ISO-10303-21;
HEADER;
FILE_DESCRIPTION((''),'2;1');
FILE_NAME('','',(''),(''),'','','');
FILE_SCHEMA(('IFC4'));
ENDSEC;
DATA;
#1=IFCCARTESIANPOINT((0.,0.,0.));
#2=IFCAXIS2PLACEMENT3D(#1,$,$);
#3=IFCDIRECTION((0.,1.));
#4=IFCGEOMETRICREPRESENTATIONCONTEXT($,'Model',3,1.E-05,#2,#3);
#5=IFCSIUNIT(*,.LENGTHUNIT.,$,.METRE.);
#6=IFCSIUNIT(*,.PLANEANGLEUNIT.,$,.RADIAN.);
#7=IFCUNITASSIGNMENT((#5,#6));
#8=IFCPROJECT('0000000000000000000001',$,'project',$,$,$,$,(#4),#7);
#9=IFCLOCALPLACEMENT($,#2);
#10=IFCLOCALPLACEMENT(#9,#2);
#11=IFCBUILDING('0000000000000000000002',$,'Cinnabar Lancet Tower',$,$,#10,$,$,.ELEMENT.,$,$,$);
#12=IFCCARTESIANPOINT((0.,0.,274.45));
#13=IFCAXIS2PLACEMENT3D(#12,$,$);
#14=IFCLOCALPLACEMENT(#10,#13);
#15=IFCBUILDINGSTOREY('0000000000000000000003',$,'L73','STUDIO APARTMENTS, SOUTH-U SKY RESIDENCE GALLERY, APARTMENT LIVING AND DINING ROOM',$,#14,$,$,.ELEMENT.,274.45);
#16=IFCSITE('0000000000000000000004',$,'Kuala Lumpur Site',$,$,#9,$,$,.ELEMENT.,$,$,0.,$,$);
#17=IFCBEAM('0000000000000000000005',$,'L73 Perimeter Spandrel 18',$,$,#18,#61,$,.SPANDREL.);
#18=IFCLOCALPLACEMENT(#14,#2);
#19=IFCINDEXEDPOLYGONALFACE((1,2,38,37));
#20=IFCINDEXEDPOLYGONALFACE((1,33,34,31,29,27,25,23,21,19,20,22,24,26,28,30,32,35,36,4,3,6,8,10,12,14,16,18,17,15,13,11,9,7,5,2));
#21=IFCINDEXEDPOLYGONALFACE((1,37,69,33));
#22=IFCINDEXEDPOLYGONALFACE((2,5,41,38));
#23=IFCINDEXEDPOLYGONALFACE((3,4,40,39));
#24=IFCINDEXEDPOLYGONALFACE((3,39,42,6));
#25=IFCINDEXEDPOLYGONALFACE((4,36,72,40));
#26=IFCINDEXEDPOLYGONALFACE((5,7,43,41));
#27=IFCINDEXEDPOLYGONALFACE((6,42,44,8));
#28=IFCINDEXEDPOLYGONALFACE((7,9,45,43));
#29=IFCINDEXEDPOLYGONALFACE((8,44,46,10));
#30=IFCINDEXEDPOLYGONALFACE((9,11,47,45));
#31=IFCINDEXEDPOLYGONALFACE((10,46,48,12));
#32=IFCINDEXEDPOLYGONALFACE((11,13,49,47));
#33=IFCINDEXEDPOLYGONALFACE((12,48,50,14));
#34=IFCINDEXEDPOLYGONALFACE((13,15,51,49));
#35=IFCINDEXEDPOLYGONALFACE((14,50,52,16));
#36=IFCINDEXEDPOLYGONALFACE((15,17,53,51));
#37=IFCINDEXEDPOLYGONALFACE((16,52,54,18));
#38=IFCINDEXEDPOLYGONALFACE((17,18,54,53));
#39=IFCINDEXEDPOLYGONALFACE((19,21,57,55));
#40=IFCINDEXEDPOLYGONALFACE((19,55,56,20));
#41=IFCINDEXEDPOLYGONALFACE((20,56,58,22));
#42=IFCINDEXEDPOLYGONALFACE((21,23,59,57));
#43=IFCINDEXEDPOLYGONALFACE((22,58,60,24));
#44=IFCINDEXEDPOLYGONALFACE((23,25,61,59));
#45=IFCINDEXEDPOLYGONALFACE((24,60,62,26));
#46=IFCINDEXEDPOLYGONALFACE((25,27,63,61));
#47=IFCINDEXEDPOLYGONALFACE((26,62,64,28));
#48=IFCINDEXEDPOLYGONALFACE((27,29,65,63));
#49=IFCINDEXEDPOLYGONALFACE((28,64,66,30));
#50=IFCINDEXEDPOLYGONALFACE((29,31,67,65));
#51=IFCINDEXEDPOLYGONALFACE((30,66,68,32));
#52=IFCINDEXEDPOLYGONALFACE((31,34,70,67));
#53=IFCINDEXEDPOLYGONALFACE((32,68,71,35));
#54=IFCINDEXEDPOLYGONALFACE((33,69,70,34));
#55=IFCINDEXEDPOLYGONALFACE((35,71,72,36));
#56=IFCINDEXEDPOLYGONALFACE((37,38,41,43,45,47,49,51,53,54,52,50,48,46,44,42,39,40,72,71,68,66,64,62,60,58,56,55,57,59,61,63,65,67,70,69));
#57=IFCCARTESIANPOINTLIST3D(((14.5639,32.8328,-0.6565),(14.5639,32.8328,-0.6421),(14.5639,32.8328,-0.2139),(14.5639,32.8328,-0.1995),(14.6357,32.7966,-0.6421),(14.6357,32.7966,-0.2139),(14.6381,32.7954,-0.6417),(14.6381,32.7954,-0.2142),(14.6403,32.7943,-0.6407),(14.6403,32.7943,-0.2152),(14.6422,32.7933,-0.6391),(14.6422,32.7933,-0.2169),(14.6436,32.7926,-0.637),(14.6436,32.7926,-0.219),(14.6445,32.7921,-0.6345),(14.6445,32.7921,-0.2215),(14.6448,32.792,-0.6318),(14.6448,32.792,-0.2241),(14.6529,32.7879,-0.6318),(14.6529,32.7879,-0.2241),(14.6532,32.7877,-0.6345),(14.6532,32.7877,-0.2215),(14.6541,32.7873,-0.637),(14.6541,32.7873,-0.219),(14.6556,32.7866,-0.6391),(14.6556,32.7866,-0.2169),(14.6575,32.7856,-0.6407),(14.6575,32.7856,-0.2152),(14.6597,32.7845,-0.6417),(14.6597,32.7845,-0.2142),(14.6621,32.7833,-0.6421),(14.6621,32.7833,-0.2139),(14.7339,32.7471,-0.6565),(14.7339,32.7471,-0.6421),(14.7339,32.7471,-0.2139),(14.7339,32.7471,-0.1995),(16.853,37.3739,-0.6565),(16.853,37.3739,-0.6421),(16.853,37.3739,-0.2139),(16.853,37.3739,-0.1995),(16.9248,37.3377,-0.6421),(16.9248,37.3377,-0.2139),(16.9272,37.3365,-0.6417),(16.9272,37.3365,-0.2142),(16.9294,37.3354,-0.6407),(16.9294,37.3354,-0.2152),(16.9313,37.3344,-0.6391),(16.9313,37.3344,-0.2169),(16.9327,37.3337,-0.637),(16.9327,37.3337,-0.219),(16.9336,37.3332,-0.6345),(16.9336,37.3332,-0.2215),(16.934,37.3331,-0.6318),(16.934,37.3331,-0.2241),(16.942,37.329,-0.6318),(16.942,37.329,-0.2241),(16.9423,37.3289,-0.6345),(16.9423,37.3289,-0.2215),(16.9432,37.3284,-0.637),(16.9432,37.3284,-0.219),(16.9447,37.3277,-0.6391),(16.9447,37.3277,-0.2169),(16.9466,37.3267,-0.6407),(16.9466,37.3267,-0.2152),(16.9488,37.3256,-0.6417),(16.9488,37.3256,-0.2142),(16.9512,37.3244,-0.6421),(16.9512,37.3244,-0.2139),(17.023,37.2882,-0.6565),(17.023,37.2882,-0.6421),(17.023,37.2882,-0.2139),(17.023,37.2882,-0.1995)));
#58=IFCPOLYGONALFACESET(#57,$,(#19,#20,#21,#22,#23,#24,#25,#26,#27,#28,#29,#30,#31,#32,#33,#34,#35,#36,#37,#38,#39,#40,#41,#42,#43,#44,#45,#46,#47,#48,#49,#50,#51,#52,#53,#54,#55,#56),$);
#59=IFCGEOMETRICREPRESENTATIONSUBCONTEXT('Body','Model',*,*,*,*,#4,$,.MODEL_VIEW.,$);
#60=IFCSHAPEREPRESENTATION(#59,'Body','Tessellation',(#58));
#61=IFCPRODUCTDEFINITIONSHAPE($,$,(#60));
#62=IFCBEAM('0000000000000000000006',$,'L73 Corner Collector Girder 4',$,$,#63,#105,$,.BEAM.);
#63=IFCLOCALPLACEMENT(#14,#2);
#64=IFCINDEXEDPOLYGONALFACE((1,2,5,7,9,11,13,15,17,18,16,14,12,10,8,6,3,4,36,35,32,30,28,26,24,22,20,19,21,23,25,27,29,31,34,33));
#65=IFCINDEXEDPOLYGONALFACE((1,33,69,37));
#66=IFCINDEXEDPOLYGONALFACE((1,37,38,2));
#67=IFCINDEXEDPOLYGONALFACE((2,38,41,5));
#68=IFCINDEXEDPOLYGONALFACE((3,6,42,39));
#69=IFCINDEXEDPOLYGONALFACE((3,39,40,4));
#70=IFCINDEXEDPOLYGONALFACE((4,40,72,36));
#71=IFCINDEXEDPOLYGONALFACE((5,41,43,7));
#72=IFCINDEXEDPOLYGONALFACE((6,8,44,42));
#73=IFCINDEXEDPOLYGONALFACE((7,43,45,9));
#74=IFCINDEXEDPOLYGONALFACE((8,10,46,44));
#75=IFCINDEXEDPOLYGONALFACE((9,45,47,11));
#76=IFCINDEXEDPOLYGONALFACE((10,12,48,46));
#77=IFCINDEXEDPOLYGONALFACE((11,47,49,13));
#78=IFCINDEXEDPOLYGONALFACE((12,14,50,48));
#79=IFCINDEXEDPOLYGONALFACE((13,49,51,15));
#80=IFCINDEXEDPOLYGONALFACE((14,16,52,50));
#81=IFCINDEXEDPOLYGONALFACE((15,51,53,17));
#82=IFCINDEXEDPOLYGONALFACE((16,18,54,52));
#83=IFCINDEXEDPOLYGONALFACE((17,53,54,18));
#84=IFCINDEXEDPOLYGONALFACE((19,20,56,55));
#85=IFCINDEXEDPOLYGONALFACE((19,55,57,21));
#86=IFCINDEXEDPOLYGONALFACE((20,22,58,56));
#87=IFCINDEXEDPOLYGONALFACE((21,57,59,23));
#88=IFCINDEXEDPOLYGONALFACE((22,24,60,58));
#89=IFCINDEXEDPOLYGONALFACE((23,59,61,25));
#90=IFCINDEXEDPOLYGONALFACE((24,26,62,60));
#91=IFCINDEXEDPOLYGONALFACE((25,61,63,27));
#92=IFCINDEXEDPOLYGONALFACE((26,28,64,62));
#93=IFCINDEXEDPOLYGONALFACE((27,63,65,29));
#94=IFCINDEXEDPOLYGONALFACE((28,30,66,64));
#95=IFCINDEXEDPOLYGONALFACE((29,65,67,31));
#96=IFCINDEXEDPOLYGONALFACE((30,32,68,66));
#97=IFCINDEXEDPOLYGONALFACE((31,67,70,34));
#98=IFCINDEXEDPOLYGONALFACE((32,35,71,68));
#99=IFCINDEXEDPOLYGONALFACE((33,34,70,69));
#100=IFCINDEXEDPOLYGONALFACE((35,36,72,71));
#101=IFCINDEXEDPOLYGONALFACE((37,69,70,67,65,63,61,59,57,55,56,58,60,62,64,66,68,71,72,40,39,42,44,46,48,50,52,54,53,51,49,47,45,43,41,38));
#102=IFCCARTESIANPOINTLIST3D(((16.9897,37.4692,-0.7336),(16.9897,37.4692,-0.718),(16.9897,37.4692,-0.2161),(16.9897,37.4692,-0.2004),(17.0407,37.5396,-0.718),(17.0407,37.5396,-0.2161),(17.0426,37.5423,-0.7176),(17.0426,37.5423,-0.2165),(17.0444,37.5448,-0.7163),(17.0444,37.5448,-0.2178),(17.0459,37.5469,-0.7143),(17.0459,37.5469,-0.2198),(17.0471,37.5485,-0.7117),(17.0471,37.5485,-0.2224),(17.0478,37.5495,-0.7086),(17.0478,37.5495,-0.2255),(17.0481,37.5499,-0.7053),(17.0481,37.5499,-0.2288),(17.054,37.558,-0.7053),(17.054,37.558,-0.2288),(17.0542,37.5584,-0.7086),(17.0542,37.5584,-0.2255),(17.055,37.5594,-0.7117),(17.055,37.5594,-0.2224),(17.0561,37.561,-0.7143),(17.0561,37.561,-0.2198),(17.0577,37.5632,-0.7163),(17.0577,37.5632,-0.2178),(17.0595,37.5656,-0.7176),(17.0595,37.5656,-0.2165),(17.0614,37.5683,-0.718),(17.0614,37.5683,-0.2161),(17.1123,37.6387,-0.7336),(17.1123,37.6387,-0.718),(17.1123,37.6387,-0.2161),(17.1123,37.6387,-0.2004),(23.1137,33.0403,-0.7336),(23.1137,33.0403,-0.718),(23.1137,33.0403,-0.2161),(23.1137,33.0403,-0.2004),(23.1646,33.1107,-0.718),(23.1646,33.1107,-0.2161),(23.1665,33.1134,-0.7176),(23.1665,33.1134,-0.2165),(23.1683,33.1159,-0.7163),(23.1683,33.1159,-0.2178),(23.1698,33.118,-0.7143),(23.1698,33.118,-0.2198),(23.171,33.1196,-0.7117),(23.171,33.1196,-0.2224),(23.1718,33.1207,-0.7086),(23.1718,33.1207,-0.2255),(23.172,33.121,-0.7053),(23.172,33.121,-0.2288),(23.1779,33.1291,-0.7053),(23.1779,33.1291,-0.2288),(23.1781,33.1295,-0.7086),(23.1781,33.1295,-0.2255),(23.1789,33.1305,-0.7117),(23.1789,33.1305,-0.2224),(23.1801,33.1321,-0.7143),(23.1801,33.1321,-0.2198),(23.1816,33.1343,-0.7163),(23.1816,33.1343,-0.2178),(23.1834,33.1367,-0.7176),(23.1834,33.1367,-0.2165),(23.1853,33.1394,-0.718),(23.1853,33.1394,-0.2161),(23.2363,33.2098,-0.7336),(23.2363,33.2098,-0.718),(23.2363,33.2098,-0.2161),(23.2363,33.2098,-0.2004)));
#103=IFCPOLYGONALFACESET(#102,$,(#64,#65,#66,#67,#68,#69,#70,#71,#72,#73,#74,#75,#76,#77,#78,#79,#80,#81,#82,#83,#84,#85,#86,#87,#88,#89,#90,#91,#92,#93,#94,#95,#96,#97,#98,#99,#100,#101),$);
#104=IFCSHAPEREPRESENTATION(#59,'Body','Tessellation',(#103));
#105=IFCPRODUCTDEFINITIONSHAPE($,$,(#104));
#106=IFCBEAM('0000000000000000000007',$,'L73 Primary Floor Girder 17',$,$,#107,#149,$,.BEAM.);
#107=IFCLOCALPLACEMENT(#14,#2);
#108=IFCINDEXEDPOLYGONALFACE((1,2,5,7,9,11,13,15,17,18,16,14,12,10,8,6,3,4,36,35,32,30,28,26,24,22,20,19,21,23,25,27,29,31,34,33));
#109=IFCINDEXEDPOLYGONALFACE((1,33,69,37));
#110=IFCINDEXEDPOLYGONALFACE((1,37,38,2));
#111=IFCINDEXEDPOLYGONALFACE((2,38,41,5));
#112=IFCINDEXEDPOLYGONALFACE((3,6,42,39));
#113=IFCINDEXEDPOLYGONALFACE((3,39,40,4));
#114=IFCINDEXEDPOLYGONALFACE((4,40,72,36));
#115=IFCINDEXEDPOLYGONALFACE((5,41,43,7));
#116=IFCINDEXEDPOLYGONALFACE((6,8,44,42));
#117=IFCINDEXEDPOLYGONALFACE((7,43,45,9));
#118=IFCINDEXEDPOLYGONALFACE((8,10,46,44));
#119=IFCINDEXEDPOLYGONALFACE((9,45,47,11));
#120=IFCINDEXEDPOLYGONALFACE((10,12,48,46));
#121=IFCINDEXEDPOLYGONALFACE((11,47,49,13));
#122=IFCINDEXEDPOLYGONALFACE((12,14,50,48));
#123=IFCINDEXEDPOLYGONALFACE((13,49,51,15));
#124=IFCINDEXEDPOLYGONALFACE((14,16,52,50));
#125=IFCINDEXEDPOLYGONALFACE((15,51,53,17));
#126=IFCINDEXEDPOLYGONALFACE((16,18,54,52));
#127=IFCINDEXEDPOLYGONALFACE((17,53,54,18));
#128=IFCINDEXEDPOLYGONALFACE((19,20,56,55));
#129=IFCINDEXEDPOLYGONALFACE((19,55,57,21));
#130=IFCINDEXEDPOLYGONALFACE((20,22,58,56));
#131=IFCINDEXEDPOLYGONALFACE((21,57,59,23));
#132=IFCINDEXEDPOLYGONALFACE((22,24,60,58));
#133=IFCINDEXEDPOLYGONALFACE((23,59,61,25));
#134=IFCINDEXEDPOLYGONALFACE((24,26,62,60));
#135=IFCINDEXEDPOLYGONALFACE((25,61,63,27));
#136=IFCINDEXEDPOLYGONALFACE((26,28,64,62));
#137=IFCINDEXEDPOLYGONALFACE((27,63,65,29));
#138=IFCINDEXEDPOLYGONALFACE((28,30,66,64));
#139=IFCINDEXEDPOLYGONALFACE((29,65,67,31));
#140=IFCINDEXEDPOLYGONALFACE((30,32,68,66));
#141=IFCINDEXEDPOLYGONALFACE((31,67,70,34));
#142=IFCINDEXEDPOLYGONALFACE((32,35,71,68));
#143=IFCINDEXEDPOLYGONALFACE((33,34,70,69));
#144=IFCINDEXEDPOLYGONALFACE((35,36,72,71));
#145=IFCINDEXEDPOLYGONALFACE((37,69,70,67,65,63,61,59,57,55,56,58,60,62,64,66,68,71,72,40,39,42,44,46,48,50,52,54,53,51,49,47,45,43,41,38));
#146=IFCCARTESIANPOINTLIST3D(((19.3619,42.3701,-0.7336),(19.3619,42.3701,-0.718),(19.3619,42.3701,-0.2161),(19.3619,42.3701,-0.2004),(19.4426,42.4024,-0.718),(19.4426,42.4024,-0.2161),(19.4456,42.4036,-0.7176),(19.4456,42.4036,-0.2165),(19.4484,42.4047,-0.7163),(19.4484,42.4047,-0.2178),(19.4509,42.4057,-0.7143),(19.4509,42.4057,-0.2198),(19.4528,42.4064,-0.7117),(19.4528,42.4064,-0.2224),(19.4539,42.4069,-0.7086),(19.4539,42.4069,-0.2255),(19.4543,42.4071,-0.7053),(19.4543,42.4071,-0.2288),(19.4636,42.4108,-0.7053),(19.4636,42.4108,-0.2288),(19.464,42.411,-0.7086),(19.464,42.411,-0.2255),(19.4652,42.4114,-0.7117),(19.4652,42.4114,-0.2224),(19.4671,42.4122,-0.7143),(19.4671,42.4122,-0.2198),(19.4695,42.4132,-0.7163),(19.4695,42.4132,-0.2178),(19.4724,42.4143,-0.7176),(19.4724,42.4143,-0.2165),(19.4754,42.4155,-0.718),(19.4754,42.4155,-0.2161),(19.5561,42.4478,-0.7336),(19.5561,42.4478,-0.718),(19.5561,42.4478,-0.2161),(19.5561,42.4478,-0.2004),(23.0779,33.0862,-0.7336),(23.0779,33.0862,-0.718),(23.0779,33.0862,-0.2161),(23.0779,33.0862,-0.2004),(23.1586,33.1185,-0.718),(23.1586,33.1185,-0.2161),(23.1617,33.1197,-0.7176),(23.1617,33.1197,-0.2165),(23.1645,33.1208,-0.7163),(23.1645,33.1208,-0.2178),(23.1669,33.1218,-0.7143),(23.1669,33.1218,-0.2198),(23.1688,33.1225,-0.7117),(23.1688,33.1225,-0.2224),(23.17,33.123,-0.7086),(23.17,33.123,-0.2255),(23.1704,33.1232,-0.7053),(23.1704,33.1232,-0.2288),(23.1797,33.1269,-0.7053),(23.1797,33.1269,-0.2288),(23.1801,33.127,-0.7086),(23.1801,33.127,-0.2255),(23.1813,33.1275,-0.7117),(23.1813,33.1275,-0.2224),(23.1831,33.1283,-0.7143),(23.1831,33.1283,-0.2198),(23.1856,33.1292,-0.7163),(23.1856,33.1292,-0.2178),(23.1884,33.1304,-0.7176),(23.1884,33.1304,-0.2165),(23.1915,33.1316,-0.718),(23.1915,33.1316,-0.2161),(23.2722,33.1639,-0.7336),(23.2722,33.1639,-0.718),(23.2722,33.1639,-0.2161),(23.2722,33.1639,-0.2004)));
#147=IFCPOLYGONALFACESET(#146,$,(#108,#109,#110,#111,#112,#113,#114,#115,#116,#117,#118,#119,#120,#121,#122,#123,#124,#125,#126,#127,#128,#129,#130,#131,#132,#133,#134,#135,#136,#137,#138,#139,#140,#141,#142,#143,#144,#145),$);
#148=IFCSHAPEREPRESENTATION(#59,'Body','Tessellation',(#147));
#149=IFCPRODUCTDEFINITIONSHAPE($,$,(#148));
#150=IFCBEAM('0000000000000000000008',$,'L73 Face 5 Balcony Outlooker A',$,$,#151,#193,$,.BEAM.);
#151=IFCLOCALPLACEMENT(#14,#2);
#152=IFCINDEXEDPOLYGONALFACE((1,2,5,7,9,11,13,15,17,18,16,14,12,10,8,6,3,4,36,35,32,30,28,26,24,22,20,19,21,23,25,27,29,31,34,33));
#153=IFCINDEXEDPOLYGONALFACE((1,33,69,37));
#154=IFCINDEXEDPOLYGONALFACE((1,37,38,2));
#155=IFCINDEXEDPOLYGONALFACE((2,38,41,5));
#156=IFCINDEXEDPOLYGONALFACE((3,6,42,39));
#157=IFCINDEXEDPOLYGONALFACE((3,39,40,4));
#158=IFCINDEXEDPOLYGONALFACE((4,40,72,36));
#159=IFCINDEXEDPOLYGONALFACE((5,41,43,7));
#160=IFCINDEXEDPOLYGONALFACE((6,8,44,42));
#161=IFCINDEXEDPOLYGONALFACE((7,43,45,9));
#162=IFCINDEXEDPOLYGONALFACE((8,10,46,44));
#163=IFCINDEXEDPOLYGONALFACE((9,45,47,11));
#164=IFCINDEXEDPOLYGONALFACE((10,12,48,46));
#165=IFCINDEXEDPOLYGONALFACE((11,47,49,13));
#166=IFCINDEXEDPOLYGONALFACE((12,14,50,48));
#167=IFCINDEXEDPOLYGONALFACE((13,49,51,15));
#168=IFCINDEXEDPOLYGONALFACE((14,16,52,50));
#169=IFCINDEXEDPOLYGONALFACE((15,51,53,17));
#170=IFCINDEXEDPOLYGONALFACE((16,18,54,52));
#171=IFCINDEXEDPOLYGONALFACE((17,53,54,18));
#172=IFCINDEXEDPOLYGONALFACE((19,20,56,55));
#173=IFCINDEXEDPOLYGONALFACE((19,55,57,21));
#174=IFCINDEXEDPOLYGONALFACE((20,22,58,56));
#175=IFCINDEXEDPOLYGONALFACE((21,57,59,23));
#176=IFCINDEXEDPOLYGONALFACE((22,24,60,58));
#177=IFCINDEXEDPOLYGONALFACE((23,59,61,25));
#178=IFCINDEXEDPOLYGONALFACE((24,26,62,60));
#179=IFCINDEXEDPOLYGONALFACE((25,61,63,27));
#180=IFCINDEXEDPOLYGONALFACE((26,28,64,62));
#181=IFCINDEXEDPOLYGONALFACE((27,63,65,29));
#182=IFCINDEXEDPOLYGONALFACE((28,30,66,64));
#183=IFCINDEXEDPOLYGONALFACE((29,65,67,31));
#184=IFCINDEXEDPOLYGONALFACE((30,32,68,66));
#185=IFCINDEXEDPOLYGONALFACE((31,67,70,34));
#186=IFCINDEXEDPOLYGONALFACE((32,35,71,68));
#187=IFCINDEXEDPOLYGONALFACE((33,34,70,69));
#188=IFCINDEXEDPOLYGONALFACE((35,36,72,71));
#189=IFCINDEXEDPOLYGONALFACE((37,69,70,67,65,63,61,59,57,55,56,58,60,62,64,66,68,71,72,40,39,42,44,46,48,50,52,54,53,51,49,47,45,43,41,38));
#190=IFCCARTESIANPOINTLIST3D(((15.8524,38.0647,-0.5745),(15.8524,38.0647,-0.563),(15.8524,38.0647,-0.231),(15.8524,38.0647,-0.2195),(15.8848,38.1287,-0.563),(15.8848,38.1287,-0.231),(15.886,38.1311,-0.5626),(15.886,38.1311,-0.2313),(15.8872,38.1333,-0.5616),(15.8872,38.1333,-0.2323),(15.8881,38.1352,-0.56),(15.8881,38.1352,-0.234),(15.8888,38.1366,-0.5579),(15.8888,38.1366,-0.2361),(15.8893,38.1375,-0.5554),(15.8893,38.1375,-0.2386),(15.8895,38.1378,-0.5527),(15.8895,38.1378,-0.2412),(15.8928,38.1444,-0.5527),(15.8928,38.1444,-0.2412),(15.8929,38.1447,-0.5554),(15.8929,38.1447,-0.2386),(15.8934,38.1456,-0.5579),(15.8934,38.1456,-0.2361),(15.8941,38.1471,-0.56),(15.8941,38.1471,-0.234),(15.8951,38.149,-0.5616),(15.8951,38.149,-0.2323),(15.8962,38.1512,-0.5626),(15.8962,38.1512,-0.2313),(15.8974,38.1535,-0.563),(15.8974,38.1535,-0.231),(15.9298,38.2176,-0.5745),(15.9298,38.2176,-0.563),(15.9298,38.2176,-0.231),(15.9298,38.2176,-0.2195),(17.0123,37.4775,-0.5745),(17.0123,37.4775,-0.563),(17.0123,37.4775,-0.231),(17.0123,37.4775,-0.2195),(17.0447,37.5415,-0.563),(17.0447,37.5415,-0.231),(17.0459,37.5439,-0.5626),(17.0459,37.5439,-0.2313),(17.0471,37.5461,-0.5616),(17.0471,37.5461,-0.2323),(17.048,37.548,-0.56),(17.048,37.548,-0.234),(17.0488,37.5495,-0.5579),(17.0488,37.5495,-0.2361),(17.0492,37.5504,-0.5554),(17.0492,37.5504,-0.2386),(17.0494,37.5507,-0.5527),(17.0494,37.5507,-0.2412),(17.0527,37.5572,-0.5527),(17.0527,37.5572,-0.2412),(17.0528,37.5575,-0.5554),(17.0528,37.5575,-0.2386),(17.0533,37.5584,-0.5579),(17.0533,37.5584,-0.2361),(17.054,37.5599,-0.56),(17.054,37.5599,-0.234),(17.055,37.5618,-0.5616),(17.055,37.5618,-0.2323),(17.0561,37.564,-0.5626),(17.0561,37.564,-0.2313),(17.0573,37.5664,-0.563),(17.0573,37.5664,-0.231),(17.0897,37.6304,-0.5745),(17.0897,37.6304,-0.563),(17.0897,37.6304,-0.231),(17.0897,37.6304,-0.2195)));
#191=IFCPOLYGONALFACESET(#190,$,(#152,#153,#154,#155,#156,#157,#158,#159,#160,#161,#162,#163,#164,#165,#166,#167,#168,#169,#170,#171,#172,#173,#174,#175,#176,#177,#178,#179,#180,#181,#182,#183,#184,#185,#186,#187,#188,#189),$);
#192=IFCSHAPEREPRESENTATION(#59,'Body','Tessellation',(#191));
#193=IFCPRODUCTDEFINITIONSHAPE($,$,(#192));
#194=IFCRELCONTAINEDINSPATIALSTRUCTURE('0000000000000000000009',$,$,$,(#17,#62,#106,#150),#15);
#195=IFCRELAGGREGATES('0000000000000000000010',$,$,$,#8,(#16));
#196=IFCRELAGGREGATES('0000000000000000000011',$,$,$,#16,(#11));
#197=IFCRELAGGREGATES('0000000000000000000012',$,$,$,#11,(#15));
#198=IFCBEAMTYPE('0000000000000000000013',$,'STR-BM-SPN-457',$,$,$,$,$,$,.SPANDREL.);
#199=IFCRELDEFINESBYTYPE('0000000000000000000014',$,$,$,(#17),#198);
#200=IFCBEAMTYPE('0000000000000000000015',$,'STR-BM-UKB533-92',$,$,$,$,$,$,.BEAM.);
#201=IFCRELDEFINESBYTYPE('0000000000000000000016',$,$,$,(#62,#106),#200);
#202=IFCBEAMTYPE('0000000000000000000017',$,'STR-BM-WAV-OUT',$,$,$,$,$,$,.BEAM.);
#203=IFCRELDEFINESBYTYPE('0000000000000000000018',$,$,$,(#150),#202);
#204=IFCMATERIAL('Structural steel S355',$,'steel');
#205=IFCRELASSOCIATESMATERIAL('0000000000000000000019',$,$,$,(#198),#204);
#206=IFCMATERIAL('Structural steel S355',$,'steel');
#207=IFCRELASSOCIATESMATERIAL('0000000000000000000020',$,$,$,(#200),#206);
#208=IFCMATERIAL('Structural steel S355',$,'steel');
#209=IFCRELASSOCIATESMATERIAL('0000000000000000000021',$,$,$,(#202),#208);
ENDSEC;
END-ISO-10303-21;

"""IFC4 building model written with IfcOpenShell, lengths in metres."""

from ifc_helpers import new_model, si_unit, direction, frame, origin, origin_2d, place, context, subcontext, project, spatial, i_section, extrude, material, material_profile, profile_set, type_object, element, save


model = new_model("IFC4")

# Units and contexts
model_context = context("Model", 3, precision=1e-05, world=origin(), true_north=direction((0.0, 1.0)))
body_context = subcontext(model_context, "Body", "Model", "MODEL_VIEW")
ifc_project = project(units=[si_unit("LENGTHUNIT", "METRE"), si_unit("PLANEANGLEUNIT", "RADIAN")], contexts=[model_context])

# Site, building, storey
site_placement = place(None, origin())
site = spatial("IfcSite", under=ifc_project, at=site_placement, Name="Kuala Lumpur Site", CompositionType="ELEMENT", RefElevation=0.0)
building_placement = place(site_placement, origin())
building = spatial("IfcBuilding", under=site, at=building_placement, Name="Cinnabar Lancet Tower", CompositionType="ELEMENT")
storey_placement = place(building_placement, frame((0.0, 0.0, 274.45)))
storey = spatial("IfcBuildingStorey", under=building, at=storey_placement, Name="L73", Description="STUDIO APARTMENTS, SOUTH-U SKY RESIDENCE GALLERY, APARTMENT LIVING AND DINING ROOM", CompositionType="ELEMENT", Elevation=274.45)

# Beams
ifc_material_1 = material(Name="Structural steel S355", Category="steel")
ifc_material_profile_1 = material_profile(ifc_material_1, i_section(OverallWidth=0.1904, OverallDepth=0.457, WebThickness=0.009, FlangeThickness=0.0144, FilletRadius=0.0103, at=origin_2d()), Name="UKB 457x191x74")
ifc_profile_set_1 = profile_set([ifc_material_profile_1], Name="Structural steel S355")
beam_type_1 = type_object("IfcBeamType", Name="STR-BM-SPN-457", PredefinedType="SPANDREL", material=ifc_profile_set_1)
beam_1_placement = place(storey_placement, frame((16.938, 37.3311, -0.428), z_axis=(-0.45013, -0.892963, 0.0), x_axis=(0.892963, -0.45013, 0.0)))
element("IfcBeam", 1, at=beam_1_placement, inside=storey, type_object=beam_type_1, Name="L73 Perimeter Spandrel 18", PredefinedType="SPANDREL", context=body_context, shape_type="SweptSolid", body=[
    extrude(i_section(OverallWidth=0.1904, OverallDepth=0.457, WebThickness=0.009, FlangeThickness=0.0144, FilletRadius=0.0103, at=origin_2d()), origin(), (0.0, 0.0, 1.0), 5.0854),
])
ifc_material_2 = material(Name="Structural steel S355", Category="steel")
ifc_material_profile_2 = material_profile(ifc_material_2, i_section(OverallWidth=0.2092, OverallDepth=0.5332, WebThickness=0.01, FlangeThickness=0.0156, FilletRadius=0.0127, at=origin_2d()), Name="UKB 533x210x92")
ifc_profile_set_2 = profile_set([ifc_material_profile_2], Name="Structural steel S355")
beam_type_2 = type_object("IfcBeamType", Name="STR-BM-UKB533-92", PredefinedType="BEAM", material=ifc_profile_set_2)
beam_2_placement = place(storey_placement, frame((17.051, 37.554, -0.467), z_axis=(0.810299, -0.586016, 0.0), x_axis=(0.586016, 0.810299, 0.0)))
element("IfcBeam", 2, at=beam_2_placement, inside=storey, type_object=beam_type_2, Name="L73 Corner Collector Girder 4", PredefinedType="BEAM", context=body_context, shape_type="SweptSolid", body=[
    extrude(i_section(OverallWidth=0.2092, OverallDepth=0.5332, WebThickness=0.01, FlangeThickness=0.0156, FilletRadius=0.0127, at=origin_2d()), origin(), (0.0, 0.0, 1.0), 7.5576),
])
beam_3_placement = place(storey_placement, frame((19.459, 42.4089, -0.467), z_axis=(0.371605, -0.928391, 0.0), x_axis=(0.928391, 0.371605, 0.0)))
element("IfcBeam", 3, at=beam_3_placement, inside=storey, type_object=beam_type_2, Name="L73 Primary Floor Girder 17", PredefinedType="BEAM", context=body_context, shape_type="SweptSolid", body=[
    extrude(i_section(OverallWidth=0.2092, OverallDepth=0.5332, WebThickness=0.01, FlangeThickness=0.0156, FilletRadius=0.0127, at=origin_2d()), origin(), (0.0, 0.0, 1.0), 10.0),
])
ifc_material_3 = material(Name="Structural steel S355", Category="steel")
ifc_material_profile_3 = material_profile(ifc_material_3, i_section(OverallWidth=0.1714, OverallDepth=0.355, WebThickness=0.0073, FlangeThickness=0.0115, FilletRadius=0.0103, at=origin_2d()), Name="UKB 356x171x51")
ifc_profile_set_3 = profile_set([ifc_material_profile_3], Name="Structural steel S355")
beam_type_3 = type_object("IfcBeamType", Name="STR-BM-WAV-OUT", PredefinedType="BEAM", material=ifc_profile_set_3)
beam_4_placement = place(storey_placement, frame((17.051, 37.554, -0.397), z_axis=(-0.8922, 0.45164, 0.0), x_axis=(-0.45164, -0.8922, 0.0)))
element("IfcBeam", 4, at=beam_4_placement, inside=storey, type_object=beam_type_3, Name="L73 Face 5 Balcony Outlooker A", PredefinedType="BEAM", context=body_context, shape_type="SweptSolid", body=[
    extrude(i_section(OverallWidth=0.1714, OverallDepth=0.355, WebThickness=0.0073, FlangeThickness=0.0115, FilletRadius=0.0103, at=origin_2d()), origin(), (0.0, 0.0, 1.0), 1.3),
])

save(model, "model.ifc")
